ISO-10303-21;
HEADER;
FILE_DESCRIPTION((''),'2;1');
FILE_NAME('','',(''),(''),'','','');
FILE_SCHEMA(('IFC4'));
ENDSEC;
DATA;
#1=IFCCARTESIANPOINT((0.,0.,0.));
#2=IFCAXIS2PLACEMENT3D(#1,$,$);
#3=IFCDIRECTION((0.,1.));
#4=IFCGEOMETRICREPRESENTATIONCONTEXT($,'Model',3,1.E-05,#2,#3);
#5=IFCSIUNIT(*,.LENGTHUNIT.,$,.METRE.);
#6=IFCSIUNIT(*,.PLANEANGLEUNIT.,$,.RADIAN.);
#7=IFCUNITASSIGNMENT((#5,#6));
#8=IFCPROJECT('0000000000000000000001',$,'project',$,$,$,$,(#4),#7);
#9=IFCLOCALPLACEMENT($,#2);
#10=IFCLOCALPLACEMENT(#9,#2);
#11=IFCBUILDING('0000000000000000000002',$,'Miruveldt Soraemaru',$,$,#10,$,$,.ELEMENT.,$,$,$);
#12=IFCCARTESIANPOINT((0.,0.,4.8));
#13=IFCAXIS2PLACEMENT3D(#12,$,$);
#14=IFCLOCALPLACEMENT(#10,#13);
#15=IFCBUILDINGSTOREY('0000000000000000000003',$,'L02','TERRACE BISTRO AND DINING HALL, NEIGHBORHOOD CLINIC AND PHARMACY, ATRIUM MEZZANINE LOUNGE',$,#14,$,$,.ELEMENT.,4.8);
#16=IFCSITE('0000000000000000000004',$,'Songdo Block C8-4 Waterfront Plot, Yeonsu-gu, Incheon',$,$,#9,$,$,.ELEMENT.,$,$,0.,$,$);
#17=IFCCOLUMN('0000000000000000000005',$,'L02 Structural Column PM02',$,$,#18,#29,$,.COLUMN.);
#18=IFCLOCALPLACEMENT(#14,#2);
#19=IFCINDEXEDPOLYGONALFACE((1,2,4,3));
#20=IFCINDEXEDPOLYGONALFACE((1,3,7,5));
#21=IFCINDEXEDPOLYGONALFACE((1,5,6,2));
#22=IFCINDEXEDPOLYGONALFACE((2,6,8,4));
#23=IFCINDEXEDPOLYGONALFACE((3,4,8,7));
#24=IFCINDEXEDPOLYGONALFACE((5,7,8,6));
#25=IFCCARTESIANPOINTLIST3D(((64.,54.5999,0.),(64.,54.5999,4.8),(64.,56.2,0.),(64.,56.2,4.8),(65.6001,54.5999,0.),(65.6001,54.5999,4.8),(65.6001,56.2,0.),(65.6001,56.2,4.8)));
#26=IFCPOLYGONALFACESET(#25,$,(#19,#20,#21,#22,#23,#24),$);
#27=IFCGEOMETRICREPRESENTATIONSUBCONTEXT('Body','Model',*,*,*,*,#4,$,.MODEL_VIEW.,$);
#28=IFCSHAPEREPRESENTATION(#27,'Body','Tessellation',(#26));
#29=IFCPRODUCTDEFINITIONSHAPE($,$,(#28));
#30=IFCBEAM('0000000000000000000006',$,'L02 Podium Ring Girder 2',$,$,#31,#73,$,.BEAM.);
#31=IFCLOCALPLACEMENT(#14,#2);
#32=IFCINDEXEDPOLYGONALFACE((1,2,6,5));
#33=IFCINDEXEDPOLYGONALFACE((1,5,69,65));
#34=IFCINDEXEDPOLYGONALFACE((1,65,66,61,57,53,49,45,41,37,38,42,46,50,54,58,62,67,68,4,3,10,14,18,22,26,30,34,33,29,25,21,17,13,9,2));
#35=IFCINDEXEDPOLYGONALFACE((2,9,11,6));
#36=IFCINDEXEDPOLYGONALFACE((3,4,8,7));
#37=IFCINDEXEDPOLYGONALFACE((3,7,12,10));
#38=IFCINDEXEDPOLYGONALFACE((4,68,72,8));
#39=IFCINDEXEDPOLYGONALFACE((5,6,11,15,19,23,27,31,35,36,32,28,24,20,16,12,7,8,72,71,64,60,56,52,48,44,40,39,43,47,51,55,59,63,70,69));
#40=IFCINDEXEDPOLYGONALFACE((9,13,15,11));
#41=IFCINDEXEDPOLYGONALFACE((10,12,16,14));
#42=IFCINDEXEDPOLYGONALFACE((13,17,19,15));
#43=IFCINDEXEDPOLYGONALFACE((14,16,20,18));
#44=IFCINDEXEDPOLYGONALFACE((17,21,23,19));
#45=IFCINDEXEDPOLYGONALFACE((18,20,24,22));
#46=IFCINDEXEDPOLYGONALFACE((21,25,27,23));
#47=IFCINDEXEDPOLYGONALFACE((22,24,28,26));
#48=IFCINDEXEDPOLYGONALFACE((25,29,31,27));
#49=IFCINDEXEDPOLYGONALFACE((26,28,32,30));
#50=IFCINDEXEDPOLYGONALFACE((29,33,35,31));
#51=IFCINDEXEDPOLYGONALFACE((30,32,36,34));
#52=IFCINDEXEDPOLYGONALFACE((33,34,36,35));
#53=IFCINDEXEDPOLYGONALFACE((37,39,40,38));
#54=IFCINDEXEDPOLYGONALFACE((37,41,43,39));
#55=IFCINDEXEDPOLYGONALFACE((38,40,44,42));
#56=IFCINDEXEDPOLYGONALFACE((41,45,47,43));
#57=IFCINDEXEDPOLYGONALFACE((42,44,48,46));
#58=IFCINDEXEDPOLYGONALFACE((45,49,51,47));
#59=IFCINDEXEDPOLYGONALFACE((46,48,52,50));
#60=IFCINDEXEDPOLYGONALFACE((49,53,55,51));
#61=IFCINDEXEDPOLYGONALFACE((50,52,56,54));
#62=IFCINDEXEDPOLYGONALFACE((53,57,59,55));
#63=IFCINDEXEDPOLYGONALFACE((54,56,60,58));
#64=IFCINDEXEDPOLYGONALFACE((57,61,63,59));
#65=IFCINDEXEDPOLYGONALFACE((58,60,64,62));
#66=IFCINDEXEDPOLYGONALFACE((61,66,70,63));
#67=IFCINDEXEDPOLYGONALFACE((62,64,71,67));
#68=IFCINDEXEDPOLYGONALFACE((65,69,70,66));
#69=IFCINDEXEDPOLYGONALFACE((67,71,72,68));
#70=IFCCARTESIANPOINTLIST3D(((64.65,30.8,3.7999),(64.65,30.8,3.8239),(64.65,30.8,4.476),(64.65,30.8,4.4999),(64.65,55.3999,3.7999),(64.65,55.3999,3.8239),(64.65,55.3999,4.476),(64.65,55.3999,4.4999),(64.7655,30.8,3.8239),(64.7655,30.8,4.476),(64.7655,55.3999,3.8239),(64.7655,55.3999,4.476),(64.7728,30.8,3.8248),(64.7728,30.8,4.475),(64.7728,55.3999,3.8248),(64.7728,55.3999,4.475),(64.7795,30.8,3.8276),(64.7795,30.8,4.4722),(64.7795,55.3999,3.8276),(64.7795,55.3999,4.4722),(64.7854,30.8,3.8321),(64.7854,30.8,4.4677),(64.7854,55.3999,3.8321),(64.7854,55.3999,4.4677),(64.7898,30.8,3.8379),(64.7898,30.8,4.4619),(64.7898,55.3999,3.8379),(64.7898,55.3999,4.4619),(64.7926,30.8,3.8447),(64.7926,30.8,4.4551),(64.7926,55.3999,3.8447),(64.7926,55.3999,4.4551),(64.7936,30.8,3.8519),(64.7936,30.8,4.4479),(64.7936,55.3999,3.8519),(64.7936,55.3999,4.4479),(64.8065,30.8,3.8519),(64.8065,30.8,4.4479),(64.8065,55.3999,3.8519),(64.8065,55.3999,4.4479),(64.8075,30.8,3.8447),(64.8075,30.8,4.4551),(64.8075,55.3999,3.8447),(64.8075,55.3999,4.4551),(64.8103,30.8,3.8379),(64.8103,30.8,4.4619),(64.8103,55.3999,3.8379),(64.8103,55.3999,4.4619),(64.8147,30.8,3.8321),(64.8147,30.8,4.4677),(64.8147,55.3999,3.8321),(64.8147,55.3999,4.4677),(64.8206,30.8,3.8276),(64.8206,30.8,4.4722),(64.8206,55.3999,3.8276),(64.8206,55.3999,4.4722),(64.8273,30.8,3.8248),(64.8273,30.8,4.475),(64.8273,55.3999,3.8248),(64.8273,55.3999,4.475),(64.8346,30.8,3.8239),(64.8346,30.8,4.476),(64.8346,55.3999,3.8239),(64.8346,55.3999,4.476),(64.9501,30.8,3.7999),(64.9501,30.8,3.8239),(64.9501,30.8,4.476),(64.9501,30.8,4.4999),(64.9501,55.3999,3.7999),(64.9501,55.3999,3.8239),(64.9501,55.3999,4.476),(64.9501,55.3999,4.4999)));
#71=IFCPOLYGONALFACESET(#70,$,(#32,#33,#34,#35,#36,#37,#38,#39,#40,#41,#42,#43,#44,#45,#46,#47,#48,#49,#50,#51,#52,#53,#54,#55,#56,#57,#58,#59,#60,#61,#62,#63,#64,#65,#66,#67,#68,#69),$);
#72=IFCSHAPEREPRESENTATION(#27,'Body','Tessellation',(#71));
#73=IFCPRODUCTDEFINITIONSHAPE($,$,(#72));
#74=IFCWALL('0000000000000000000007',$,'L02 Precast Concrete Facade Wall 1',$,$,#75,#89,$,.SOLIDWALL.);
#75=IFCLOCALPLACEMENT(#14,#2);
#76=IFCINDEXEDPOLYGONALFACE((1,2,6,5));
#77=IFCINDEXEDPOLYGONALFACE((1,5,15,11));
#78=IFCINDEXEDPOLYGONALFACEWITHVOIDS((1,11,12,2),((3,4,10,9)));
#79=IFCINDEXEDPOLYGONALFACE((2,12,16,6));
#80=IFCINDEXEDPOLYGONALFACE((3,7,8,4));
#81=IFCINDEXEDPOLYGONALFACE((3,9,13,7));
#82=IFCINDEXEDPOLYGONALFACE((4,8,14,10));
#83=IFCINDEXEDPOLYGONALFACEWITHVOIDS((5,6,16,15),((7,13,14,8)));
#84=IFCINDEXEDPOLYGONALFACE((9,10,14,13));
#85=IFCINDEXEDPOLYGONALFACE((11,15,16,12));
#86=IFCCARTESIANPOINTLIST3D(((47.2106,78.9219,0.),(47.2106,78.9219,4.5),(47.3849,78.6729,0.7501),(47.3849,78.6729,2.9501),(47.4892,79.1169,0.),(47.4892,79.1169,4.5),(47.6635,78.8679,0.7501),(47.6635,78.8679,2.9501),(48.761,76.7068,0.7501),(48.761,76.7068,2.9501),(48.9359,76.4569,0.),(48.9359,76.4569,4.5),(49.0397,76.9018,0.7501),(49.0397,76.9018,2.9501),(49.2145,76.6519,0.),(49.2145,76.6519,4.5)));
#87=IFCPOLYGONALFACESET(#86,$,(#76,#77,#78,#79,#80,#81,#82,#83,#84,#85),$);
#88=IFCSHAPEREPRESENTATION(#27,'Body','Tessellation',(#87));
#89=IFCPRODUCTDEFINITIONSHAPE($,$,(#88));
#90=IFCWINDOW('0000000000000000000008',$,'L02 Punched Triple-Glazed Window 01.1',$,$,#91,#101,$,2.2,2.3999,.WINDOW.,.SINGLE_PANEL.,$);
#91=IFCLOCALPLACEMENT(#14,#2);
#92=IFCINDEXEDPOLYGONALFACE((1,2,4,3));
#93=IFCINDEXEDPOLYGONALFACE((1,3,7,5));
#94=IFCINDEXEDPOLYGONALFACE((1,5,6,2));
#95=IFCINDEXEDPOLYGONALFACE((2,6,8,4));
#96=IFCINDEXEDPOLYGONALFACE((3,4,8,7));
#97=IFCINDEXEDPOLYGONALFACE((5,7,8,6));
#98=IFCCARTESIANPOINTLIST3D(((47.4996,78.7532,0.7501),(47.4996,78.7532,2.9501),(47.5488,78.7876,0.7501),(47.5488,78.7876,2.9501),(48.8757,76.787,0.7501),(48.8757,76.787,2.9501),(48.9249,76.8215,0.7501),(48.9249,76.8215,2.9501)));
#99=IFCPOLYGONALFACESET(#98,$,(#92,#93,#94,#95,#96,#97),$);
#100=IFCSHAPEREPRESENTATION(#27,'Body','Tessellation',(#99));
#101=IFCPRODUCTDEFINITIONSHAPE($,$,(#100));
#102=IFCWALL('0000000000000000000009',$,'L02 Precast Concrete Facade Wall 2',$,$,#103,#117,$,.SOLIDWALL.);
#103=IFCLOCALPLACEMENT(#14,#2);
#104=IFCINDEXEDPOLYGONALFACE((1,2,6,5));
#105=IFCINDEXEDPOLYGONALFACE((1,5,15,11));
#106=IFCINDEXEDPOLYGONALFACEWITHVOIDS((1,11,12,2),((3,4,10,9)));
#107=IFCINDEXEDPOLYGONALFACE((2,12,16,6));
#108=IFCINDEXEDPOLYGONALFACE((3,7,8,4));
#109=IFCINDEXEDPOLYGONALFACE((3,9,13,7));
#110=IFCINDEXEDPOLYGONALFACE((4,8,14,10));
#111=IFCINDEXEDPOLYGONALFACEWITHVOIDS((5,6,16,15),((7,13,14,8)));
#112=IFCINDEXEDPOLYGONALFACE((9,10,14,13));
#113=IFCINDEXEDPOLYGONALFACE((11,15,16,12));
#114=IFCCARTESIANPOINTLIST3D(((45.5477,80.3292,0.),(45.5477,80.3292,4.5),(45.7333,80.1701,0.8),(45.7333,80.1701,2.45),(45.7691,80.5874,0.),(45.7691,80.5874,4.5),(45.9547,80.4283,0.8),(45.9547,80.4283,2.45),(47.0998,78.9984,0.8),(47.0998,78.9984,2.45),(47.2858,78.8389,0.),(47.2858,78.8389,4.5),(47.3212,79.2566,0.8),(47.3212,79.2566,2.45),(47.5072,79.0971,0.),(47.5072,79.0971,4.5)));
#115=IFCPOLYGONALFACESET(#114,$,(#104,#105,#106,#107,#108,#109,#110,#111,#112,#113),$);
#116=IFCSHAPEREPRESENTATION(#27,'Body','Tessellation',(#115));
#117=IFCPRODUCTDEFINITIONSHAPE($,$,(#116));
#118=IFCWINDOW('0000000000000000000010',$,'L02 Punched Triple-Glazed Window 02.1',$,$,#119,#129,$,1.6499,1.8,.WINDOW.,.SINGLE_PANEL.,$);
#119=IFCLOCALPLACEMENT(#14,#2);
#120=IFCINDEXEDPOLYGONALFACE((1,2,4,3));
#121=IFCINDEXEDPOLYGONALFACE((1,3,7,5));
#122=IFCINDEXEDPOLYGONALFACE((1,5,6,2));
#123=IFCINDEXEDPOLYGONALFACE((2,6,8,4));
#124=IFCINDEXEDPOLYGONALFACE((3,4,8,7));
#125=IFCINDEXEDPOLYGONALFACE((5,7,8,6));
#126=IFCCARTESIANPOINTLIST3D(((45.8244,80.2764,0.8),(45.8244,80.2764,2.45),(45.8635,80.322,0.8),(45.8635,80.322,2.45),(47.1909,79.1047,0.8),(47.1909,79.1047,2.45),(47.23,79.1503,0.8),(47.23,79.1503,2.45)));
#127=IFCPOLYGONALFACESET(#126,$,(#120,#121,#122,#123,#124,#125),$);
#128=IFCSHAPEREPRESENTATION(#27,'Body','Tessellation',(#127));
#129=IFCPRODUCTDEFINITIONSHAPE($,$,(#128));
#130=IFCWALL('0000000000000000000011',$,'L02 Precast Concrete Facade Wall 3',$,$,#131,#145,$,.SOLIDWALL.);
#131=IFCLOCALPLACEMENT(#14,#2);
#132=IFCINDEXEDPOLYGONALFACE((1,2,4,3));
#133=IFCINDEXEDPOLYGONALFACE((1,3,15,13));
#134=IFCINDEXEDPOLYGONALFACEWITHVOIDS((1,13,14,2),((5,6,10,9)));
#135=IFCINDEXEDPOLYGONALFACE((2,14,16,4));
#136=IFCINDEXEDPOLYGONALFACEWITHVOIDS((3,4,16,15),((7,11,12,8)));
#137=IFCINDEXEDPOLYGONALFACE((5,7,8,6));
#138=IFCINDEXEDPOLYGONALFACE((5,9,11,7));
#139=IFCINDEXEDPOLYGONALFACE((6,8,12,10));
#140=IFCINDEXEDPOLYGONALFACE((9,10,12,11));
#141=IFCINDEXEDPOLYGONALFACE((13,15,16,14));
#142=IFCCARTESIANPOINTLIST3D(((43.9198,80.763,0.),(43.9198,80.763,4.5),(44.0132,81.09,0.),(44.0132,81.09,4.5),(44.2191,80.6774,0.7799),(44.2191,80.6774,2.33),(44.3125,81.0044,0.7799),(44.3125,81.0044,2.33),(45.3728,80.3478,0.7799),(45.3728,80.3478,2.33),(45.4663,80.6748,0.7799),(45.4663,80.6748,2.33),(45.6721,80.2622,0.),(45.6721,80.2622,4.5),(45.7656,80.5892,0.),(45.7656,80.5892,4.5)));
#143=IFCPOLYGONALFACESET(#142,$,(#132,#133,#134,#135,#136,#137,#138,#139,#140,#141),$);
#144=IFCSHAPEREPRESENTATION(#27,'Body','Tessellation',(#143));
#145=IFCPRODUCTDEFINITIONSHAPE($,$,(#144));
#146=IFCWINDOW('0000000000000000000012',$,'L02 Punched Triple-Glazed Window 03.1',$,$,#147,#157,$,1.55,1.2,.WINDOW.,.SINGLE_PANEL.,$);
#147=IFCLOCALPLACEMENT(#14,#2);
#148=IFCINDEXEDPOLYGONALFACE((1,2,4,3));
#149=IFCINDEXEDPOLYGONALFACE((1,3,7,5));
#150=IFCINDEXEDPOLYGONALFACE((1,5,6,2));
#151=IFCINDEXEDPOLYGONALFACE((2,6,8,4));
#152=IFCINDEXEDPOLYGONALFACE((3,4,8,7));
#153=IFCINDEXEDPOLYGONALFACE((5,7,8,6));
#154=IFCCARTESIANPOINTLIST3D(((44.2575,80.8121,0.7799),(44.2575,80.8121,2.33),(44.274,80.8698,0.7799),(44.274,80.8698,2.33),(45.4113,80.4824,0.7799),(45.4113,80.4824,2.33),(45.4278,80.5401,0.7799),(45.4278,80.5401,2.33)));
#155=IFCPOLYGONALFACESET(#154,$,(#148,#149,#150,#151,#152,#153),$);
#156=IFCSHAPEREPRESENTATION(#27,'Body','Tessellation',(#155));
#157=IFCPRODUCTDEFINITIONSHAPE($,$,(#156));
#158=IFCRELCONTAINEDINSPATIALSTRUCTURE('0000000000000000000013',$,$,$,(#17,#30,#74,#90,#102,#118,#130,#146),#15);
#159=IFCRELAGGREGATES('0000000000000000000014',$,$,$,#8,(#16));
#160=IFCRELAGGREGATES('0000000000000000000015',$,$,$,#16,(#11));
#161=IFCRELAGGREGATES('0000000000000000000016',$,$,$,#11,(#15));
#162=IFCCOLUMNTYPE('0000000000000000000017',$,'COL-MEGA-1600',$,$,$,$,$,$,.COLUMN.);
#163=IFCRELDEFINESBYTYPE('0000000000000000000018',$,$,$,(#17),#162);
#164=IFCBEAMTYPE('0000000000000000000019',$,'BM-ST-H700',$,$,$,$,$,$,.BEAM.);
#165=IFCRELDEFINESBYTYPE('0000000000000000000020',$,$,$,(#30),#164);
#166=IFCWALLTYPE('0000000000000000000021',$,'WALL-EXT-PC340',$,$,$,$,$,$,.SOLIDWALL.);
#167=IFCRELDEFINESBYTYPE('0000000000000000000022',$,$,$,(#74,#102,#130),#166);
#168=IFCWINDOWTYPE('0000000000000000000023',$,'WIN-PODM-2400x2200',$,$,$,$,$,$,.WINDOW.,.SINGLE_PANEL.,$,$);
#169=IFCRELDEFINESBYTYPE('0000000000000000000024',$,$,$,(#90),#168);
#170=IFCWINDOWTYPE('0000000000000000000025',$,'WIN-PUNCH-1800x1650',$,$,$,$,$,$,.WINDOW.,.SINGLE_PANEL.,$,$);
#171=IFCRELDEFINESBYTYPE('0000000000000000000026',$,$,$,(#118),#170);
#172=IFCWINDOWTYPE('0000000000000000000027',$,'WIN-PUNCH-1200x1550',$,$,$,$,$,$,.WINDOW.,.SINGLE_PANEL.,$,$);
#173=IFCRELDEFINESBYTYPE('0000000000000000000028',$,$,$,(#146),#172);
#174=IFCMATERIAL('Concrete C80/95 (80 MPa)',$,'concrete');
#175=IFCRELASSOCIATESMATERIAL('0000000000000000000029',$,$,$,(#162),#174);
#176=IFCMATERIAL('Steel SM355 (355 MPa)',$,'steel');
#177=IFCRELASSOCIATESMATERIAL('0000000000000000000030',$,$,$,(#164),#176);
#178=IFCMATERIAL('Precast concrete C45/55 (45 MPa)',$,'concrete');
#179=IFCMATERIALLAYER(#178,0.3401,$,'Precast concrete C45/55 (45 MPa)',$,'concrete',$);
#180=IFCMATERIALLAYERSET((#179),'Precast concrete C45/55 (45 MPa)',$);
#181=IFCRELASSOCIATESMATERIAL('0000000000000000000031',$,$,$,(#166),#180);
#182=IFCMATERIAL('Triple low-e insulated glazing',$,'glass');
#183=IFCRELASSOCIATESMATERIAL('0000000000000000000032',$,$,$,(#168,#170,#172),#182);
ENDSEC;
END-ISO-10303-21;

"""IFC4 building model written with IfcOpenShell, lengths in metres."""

from ifc_helpers import new_model, si_unit, direction, frame, frame_2d, origin, origin_2d, place, context, subcontext, project, spatial, rectangle, i_section, extrude, material, layer, layer_set, material_profile, profile_set, type_object, element, fill, save


model = new_model("IFC4")

# Units and contexts
model_context = context("Model", 3, precision=1e-05, world=origin(), true_north=direction((0.0, 1.0)))
body_context = subcontext(model_context, "Body", "Model", "MODEL_VIEW")
ifc_project = project(units=[si_unit("LENGTHUNIT", "METRE"), si_unit("PLANEANGLEUNIT", "RADIAN")], contexts=[model_context])

# Site, building, storey
site_placement = place(None, origin())
site = spatial("IfcSite", under=ifc_project, at=site_placement, Name="Songdo Block C8-4 Waterfront Plot, Yeonsu-gu, Incheon", CompositionType="ELEMENT", RefElevation=0.0)
building_placement = place(site_placement, origin())
building = spatial("IfcBuilding", under=site, at=building_placement, Name="Miruveldt Soraemaru", CompositionType="ELEMENT")
storey_placement = place(building_placement, frame((0.0, 0.0, 4.8)))
storey = spatial("IfcBuildingStorey", under=building, at=storey_placement, Name="L02", Description="TERRACE BISTRO AND DINING HALL, NEIGHBORHOOD CLINIC AND PHARMACY, ATRIUM MEZZANINE LOUNGE", CompositionType="ELEMENT", Elevation=4.8)

# Column
ifc_material_1 = material(Name="Concrete C80/95 (80 MPa)", Category="concrete")
ifc_material_profile_1 = material_profile(ifc_material_1, rectangle(XDim=1.6001, YDim=1.6001, at=origin_2d()), Name="Concrete C80/95 (80 MPa)", Category="concrete")
ifc_profile_set_1 = profile_set([ifc_material_profile_1], Name="Concrete C80/95 (80 MPa)")
column_type = type_object("IfcColumnType", Name="COL-MEGA-1600", PredefinedType="COLUMN", material=ifc_profile_set_1)
column_placement = place(storey_placement, frame((64.8, 55.3999, 0.0), z_axis=(0.0, 0.0, 1.0), x_axis=(1.0, 0.0, 0.0)))
element("IfcColumn", 1, at=column_placement, inside=storey, type_object=column_type, Name="L02 Structural Column PM02", PredefinedType="COLUMN", context=body_context, shape_type="SweptSolid", body=[
    extrude(rectangle(XDim=1.6001, YDim=1.6001, at=origin_2d()), origin(), (0.0, 0.0, 1.0), 4.8),
])

# Beam
ifc_material_2 = material(Name="Steel SM355 (355 MPa)", Category="steel")
ifc_material_profile_2 = material_profile(ifc_material_2, i_section(OverallWidth=0.3, OverallDepth=0.7, WebThickness=0.0129, FlangeThickness=0.0239, FilletRadius=0.0281, at=origin_2d()), Name="Steel SM355 (355 MPa)", Category="steel")
ifc_profile_set_2 = profile_set([ifc_material_profile_2], Name="Steel SM355 (355 MPa)")
beam_type = type_object("IfcBeamType", Name="BM-ST-H700", PredefinedType="BEAM", material=ifc_profile_set_2)
beam_placement = place(storey_placement, frame((64.8, 55.3999, 4.1499), z_axis=(0.0, -1.0, 0.0), x_axis=(1.0, 0.0, 0.0)))
element("IfcBeam", 2, at=beam_placement, inside=storey, type_object=beam_type, Name="L02 Podium Ring Girder 2", PredefinedType="BEAM", context=body_context, shape_type="SweptSolid", body=[
    extrude(i_section(OverallWidth=0.3, OverallDepth=0.7, WebThickness=0.0129, FlangeThickness=0.0239, FilletRadius=0.0281, at=origin_2d()), origin(), (0.0, 0.0, 1.0), 24.5999),
])

# Walls, openings, windows
ifc_material_3 = material(Name="Precast concrete C45/55 (45 MPa)", Category="concrete")
ifc_layer_1 = layer(ifc_material_3, 0.3401, Name="Precast concrete C45/55 (45 MPa)", Category="concrete")
ifc_layer_set_1 = layer_set([ifc_layer_1], Name="Precast concrete C45/55 (45 MPa)")
wall_type = type_object("IfcWallType", Name="WALL-EXT-PC340", PredefinedType="SOLIDWALL", material=ifc_layer_set_1)
wall_1_placement = place(storey_placement, frame((49.0752, 76.5544, 0.0), z_axis=(0.0, 0.0, 1.0), x_axis=(-0.573413, 0.819266, 0.0)))
wall_1 = element("IfcWall", 3, at=wall_1_placement, inside=storey, type_object=wall_type, Name="L02 Precast Concrete Facade Wall 1", PredefinedType="SOLIDWALL", context=body_context, shape_type="SweptSolid", body=[
    extrude(rectangle(XDim=3.0088, YDim=0.3401, at=frame_2d((1.5044, 0.0))), origin(), (0.0, 0.0, 1.0), 4.5),
])
opening_1_placement = place(wall_1_placement, frame((0.3049, 0.0, 0.75)))
opening_1 = element("IfcOpeningElement", 4, at=opening_1_placement, cuts=wall_1, PredefinedType="OPENING", context=body_context, shape_type="SweptSolid", body=[
    extrude(rectangle(XDim=2.3999, YDim=2.2, at=frame_2d((1.2, 1.1001))), frame((0.0, 0.1802, 0.0), z_axis=(0.0, -1.0, 0.0), x_axis=(1.0, 0.0, 0.0)), (0.0, 0.0, 1.0), 0.3601),
])
ifc_material_4 = material(Name="Triple low-e insulated glazing", Category="glass")
window_type_1 = type_object("IfcWindowType", Name="WIN-PODM-2400x2200", PartitioningType="SINGLE_PANEL", PredefinedType="WINDOW", material=ifc_material_4)
window_1_placement = place(opening_1_placement, origin())
window_1 = element("IfcWindow", 5, at=window_1_placement, inside=storey, type_object=window_type_1, Name="L02 Punched Triple-Glazed Window 01.1", OverallHeight=2.2, OverallWidth=2.3999, PartitioningType="SINGLE_PANEL", PredefinedType="WINDOW", context=body_context, shape_type="SweptSolid", body=[
    extrude(rectangle(XDim=2.3999, YDim=2.2, at=frame_2d((1.2, 1.1001))), frame((0.0, 0.03, 0.0), z_axis=(0.0, -1.0, 0.0), x_axis=(1.0, 0.0, 0.0)), (0.0, 0.0, 1.0), 0.0601),
])
fill(opening_1, window_1)
wall_2_placement = place(storey_placement, frame((47.3965, 78.968, 0.0), z_axis=(0.0, 0.0, 1.0), x_axis=(-0.759151, 0.650914, 0.0)))
wall_2 = element("IfcWall", 6, at=wall_2_placement, inside=storey, type_object=wall_type, Name="L02 Precast Concrete Facade Wall 2", PredefinedType="SOLIDWALL", context=body_context, shape_type="SweptSolid", body=[
    extrude(rectangle(XDim=2.2896, YDim=0.3401, at=frame_2d((1.1448, 0.0))), origin(), (0.0, 0.0, 1.0), 4.5),
])
opening_2_placement = place(wall_2_placement, frame((0.2451, 0.0, 0.8)))
opening_2 = element("IfcOpeningElement", 7, at=opening_2_placement, cuts=wall_2, PredefinedType="OPENING", context=body_context, shape_type="SweptSolid", body=[
    extrude(rectangle(XDim=1.8, YDim=1.6499, at=frame_2d((0.8999, 0.825))), frame((0.0, 0.1802, 0.0), z_axis=(0.0, -1.0, 0.0), x_axis=(1.0, 0.0, 0.0)), (0.0, 0.0, 1.0), 0.3601),
])
window_type_2 = type_object("IfcWindowType", Name="WIN-PUNCH-1800x1650", PartitioningType="SINGLE_PANEL", PredefinedType="WINDOW", material=ifc_material_4)
window_2_placement = place(opening_2_placement, origin())
window_2 = element("IfcWindow", 8, at=window_2_placement, inside=storey, type_object=window_type_2, Name="L02 Punched Triple-Glazed Window 02.1", OverallHeight=1.6499, OverallWidth=1.8, PartitioningType="SINGLE_PANEL", PredefinedType="WINDOW", context=body_context, shape_type="SweptSolid", body=[
    extrude(rectangle(XDim=1.8, YDim=1.6499, at=frame_2d((0.8999, 0.825))), frame((0.0, 0.03, 0.0), z_axis=(0.0, -1.0, 0.0), x_axis=(1.0, 0.0, 0.0)), (0.0, 0.0, 1.0), 0.0601),
])
fill(opening_2, window_2)
wall_3_placement = place(storey_placement, frame((45.7188, 80.4258, 0.0), z_axis=(0.0, 0.0, 1.0), x_axis=(-0.961519, 0.274739, 0.0)))
wall_3 = element("IfcWall", 9, at=wall_3_placement, inside=storey, type_object=wall_type, Name="L02 Precast Concrete Facade Wall 3", PredefinedType="SOLIDWALL", context=body_context, shape_type="SweptSolid", body=[
    extrude(rectangle(XDim=1.8225, YDim=0.3401, at=frame_2d((0.9111, 0.0))), origin(), (0.0, 0.0, 1.0), 4.5),
])
opening_3_placement = place(wall_3_placement, frame((0.311, 0.0, 0.78)))
opening_3 = element("IfcOpeningElement", 10, at=opening_3_placement, cuts=wall_3, PredefinedType="OPENING", context=body_context, shape_type="SweptSolid", body=[
    extrude(rectangle(XDim=1.2, YDim=1.55, at=frame_2d((0.6001, 0.7749))), frame((0.0, 0.1802, 0.0), z_axis=(0.0, -1.0, 0.0), x_axis=(1.0, 0.0, 0.0)), (0.0, 0.0, 1.0), 0.3601),
])
window_type_3 = type_object("IfcWindowType", Name="WIN-PUNCH-1200x1550", PartitioningType="SINGLE_PANEL", PredefinedType="WINDOW", material=ifc_material_4)
window_3_placement = place(opening_3_placement, origin())
window_3 = element("IfcWindow", 11, at=window_3_placement, inside=storey, type_object=window_type_3, Name="L02 Punched Triple-Glazed Window 03.1", OverallHeight=1.55, OverallWidth=1.2, PartitioningType="SINGLE_PANEL", PredefinedType="WINDOW", context=body_context, shape_type="SweptSolid", body=[
    extrude(rectangle(XDim=1.2, YDim=1.55, at=frame_2d((0.6001, 0.7749))), frame((0.0, 0.03, 0.0), z_axis=(0.0, -1.0, 0.0), x_axis=(1.0, 0.0, 0.0)), (0.0, 0.0, 1.0), 0.0601),
])
fill(opening_3, window_3)

save(model, "model.ifc")
